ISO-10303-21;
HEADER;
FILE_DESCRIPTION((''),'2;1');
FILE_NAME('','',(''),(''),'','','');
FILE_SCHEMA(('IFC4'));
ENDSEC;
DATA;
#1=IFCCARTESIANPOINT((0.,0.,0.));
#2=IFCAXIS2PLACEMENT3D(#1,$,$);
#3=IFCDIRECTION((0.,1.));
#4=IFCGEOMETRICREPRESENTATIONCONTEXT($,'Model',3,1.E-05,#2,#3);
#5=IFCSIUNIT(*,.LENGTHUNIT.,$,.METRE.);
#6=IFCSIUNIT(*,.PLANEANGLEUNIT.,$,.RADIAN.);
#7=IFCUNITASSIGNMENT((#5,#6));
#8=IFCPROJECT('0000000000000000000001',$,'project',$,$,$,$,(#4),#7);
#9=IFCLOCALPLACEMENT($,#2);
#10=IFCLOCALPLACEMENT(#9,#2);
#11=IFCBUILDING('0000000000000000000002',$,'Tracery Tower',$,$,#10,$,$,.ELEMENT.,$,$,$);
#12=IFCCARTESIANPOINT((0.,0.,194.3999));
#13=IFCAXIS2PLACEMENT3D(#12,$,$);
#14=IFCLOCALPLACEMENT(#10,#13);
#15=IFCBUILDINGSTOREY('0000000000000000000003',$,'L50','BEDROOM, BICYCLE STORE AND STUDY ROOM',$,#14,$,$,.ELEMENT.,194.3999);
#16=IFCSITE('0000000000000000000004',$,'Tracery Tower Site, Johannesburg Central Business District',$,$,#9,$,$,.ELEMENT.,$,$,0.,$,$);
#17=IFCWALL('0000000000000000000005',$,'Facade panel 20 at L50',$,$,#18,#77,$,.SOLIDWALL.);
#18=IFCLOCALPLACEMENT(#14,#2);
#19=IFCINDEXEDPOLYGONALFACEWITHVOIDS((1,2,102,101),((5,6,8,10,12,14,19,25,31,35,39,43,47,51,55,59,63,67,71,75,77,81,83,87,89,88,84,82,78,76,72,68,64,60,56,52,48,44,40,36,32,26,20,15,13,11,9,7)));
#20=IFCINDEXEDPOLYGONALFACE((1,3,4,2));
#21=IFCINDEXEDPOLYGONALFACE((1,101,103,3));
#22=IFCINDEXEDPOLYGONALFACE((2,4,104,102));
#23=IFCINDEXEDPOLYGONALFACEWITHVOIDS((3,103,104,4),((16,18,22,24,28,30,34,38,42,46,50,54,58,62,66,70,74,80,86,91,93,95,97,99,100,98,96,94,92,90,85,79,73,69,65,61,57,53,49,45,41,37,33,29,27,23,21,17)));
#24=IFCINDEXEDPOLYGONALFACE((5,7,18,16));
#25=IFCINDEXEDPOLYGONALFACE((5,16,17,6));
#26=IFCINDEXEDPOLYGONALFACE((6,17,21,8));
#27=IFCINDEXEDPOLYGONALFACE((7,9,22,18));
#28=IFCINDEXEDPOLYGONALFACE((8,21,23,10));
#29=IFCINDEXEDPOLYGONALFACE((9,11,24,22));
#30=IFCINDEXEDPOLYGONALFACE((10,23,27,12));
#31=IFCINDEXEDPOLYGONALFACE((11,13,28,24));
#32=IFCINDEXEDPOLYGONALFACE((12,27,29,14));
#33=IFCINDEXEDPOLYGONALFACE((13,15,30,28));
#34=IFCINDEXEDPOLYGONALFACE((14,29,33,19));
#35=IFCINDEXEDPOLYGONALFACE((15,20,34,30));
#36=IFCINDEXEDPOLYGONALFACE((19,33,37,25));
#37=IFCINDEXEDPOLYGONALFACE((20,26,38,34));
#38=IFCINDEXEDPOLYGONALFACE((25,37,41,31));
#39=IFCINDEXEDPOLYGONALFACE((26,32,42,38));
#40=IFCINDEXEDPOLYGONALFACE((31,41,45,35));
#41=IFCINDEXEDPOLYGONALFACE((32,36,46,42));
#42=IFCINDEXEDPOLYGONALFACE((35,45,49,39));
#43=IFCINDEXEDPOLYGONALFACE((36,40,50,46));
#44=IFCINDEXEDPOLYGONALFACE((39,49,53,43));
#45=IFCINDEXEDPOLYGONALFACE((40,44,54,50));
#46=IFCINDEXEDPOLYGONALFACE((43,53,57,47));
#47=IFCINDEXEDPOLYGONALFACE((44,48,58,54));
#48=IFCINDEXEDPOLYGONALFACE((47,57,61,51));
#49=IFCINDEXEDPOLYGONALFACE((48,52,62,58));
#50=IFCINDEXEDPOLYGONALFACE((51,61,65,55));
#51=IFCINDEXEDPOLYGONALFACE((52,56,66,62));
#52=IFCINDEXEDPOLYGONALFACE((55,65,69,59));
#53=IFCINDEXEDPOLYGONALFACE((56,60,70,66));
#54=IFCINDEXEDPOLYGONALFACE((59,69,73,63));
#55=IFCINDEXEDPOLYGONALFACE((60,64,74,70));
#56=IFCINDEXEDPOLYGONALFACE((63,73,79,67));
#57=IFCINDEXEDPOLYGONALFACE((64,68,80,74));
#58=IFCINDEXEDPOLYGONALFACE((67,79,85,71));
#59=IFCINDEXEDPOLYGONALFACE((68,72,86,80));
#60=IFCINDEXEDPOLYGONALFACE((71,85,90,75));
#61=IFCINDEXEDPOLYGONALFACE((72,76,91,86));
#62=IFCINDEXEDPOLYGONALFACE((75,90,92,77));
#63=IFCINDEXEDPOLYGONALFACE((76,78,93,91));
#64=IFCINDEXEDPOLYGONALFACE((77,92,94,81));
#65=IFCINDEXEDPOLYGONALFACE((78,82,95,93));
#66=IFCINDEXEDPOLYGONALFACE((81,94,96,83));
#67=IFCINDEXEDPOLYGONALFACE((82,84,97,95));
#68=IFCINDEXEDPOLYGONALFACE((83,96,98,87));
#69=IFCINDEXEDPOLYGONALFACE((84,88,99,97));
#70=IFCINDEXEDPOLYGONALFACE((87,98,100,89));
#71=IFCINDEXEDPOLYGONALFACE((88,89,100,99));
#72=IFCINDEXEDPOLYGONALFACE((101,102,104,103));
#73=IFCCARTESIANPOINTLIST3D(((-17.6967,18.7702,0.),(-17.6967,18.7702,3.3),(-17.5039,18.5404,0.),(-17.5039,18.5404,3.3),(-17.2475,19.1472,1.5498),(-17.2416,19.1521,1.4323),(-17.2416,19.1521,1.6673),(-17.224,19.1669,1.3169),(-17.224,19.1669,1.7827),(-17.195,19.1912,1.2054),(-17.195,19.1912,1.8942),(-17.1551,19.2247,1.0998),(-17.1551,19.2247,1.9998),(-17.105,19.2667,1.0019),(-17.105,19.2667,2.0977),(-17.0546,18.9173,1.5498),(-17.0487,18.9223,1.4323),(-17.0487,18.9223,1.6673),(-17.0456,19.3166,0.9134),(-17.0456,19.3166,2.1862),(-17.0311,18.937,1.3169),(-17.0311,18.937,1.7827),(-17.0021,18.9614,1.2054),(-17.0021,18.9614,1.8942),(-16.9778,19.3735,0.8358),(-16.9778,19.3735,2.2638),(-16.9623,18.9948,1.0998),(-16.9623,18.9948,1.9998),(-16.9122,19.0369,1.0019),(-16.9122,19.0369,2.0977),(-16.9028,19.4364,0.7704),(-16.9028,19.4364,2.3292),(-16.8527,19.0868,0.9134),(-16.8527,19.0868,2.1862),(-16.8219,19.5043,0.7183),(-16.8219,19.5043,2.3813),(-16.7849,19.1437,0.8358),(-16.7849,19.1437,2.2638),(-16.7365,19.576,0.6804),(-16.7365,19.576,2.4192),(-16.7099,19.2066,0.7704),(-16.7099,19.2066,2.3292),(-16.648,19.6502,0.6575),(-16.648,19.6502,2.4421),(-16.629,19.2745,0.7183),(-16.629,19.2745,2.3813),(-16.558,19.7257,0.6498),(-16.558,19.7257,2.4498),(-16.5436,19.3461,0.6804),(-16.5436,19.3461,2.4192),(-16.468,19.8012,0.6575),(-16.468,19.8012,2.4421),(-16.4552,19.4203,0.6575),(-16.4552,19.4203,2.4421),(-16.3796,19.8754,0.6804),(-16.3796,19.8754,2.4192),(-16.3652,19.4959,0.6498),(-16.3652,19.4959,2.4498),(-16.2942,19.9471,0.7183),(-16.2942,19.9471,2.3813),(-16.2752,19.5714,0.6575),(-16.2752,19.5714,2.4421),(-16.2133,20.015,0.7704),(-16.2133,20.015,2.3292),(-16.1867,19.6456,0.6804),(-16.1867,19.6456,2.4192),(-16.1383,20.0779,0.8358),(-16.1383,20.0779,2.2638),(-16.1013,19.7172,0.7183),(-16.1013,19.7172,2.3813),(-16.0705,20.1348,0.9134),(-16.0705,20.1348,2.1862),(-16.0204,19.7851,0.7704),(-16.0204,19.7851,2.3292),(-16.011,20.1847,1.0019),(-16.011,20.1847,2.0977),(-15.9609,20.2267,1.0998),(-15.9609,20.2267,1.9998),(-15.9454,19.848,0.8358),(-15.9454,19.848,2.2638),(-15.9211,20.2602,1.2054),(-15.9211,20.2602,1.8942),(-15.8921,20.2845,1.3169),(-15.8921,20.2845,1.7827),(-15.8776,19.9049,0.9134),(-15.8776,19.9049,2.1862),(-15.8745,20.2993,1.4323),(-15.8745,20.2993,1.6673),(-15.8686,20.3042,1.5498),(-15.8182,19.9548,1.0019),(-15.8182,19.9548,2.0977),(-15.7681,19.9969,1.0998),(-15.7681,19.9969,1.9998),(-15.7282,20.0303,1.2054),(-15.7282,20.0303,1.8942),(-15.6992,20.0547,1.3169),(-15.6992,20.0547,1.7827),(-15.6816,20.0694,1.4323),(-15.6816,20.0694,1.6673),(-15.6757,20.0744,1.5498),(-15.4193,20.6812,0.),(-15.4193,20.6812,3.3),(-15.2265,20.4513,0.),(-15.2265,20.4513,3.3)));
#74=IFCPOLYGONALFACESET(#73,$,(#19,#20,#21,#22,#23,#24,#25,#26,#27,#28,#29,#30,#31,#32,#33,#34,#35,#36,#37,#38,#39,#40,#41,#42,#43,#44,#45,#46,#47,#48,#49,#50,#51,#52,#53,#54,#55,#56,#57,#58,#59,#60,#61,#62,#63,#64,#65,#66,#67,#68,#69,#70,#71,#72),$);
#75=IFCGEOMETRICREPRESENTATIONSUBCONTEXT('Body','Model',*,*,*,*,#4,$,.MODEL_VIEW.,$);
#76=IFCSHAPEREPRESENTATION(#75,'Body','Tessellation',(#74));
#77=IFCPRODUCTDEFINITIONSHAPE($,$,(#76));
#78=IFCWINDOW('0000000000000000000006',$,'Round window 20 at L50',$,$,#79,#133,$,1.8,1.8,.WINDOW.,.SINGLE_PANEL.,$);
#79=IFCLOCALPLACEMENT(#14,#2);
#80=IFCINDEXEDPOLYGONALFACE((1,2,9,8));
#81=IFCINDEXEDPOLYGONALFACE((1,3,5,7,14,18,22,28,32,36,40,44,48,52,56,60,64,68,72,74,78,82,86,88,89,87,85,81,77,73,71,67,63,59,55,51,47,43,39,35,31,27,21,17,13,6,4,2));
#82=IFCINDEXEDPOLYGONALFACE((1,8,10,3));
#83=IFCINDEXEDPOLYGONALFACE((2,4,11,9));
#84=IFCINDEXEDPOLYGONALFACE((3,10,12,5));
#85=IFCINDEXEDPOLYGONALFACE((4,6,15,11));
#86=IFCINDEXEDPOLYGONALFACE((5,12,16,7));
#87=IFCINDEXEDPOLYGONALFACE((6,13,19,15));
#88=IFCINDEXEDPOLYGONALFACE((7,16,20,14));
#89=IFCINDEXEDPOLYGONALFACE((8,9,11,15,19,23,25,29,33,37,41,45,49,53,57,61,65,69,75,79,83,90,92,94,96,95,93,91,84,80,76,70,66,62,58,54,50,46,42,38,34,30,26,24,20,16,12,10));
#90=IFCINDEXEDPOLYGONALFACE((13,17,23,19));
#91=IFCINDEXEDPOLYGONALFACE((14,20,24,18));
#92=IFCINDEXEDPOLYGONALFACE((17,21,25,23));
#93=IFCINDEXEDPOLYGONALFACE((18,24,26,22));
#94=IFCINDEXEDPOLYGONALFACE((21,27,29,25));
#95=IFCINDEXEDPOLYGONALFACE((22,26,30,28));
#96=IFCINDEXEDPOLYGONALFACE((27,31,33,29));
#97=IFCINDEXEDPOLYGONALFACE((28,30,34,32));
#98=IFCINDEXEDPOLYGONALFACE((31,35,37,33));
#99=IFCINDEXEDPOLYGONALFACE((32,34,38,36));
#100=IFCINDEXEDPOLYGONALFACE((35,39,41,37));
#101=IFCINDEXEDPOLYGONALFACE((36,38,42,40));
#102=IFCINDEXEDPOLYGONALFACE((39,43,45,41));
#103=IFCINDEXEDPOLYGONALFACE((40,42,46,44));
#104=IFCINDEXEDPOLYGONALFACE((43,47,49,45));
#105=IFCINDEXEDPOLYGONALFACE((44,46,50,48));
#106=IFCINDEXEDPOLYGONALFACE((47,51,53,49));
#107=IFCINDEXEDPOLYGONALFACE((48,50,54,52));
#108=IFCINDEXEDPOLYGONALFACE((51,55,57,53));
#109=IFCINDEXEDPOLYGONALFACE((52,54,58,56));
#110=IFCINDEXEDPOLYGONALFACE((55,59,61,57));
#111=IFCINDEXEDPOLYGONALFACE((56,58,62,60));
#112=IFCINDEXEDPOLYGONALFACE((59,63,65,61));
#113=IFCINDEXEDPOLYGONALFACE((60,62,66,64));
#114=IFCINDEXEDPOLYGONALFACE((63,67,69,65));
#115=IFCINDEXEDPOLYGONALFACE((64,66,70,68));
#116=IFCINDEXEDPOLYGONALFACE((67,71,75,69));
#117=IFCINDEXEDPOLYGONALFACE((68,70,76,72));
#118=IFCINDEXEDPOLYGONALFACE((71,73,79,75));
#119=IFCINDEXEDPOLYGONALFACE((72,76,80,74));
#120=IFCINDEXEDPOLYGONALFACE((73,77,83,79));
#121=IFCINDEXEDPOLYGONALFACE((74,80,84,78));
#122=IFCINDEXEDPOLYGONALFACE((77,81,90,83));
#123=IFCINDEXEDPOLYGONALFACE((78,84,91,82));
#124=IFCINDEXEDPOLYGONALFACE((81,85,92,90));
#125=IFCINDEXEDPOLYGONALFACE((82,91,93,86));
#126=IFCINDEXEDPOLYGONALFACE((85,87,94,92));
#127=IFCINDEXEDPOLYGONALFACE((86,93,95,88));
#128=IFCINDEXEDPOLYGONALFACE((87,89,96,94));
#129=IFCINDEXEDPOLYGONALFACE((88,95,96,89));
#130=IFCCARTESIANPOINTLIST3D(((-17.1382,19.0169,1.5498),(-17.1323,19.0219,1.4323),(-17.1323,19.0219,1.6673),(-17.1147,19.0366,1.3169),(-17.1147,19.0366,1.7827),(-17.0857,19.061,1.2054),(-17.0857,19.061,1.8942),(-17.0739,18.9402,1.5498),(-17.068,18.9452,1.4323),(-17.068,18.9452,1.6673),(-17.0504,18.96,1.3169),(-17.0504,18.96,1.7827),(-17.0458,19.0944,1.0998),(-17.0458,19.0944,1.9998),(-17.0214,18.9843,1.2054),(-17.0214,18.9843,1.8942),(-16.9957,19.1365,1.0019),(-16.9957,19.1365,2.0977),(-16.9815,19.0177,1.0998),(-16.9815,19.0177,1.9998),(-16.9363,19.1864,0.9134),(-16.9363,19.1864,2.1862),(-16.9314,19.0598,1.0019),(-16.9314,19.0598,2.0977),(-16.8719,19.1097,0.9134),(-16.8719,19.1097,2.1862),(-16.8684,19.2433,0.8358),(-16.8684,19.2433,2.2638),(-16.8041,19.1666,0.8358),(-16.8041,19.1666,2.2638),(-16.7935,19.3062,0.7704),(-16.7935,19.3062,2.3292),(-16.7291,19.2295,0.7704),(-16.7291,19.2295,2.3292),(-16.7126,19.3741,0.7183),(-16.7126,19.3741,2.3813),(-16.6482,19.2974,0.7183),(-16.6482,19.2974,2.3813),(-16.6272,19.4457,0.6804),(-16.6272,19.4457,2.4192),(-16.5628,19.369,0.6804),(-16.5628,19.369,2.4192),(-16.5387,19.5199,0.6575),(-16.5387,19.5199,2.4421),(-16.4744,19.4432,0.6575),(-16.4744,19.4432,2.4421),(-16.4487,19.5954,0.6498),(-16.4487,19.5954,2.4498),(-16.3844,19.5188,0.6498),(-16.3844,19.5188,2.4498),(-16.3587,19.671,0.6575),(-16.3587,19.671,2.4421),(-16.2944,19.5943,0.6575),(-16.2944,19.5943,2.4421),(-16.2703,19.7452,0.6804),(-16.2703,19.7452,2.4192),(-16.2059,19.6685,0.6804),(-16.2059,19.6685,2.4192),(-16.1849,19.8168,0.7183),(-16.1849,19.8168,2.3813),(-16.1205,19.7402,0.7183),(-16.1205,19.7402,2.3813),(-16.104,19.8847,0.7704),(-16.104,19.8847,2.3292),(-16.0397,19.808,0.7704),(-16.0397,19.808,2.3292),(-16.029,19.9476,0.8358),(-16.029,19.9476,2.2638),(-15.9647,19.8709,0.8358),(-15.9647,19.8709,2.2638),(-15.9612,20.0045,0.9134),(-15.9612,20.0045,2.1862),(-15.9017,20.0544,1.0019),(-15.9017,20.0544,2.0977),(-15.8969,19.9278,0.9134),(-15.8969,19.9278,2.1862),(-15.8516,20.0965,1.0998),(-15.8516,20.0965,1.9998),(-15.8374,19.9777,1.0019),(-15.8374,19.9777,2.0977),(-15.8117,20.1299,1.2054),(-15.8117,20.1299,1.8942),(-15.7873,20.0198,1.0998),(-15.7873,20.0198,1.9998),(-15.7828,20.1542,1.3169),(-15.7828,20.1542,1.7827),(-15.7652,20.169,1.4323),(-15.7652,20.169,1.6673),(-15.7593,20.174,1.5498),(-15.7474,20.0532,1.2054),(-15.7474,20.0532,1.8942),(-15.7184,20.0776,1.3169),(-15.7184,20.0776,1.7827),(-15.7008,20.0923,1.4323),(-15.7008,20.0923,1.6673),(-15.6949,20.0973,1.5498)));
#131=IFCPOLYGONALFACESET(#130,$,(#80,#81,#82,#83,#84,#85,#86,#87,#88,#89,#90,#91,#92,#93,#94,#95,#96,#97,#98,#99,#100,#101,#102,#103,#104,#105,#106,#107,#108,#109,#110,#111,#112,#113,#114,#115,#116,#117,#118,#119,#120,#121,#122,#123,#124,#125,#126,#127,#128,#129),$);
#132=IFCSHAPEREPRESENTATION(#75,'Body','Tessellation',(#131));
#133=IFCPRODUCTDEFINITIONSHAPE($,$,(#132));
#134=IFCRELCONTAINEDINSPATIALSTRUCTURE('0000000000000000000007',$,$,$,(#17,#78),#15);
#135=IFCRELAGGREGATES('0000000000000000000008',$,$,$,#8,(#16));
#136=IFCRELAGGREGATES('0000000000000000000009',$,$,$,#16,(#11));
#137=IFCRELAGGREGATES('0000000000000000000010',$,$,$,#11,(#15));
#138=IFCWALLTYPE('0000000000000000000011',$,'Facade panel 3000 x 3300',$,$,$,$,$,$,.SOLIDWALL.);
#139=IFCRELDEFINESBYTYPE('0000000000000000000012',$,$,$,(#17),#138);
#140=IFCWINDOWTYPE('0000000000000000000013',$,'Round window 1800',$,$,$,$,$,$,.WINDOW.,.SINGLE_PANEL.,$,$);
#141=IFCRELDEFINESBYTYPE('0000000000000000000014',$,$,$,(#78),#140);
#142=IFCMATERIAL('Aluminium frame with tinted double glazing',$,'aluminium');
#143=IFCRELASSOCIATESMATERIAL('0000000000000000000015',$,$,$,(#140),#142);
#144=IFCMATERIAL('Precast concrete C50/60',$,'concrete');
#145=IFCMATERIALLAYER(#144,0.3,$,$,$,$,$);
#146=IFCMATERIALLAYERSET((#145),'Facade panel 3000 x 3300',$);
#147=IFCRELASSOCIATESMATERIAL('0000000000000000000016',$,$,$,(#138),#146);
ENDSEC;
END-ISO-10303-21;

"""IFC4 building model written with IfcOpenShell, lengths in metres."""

from ifc_helpers import new_model, si_unit, direction, frame, frame_2d, origin, origin_2d, place, context, subcontext, project, spatial, rectangle, circle, extrude, material, layer, layer_set, type_object, element, fill, save


model = new_model("IFC4")

# Units and contexts
model_context = context("Model", 3, precision=1e-05, world=origin(), true_north=direction((0.0, 1.0)))
body_context = subcontext(model_context, "Body", "Model", "MODEL_VIEW")
ifc_project = project(units=[si_unit("LENGTHUNIT", "METRE"), si_unit("PLANEANGLEUNIT", "RADIAN")], contexts=[model_context])

# Site, building, storey
site_placement = place(None, origin())
site = spatial("IfcSite", under=ifc_project, at=site_placement, Name="Tracery Tower Site, Johannesburg Central Business District", CompositionType="ELEMENT", RefElevation=0.0)
building_placement = place(site_placement, origin())
building = spatial("IfcBuilding", under=site, at=building_placement, Name="Tracery Tower", CompositionType="ELEMENT")
storey_placement = place(building_placement, frame((0.0, 0.0, 194.3999)))
storey = spatial("IfcBuildingStorey", under=building, at=storey_placement, Name="L50", Description="BEDROOM, BICYCLE STORE AND STUDY ROOM", CompositionType="ELEMENT", Elevation=194.3999)

# Wall, opening, window
ifc_material_1 = material(Name="Aluminium frame with tinted double glazing", Category="aluminium")
window_type = type_object("IfcWindowType", Name="Round window 1800", PartitioningType="SINGLE_PANEL", PredefinedType="WINDOW", material=ifc_material_1)
ifc_material_2 = material(Name="Precast concrete C50/60", Category="concrete")
ifc_layer_1 = layer(ifc_material_2, 0.3)
ifc_layer_set_1 = layer_set([ifc_layer_1], Name="Facade panel 3000 x 3300")
wall_type_1 = type_object("IfcWallType", Name="Facade panel 3000 x 3300", PredefinedType="SOLIDWALL", material=ifc_layer_set_1)
wall_1_placement = place(storey_placement, frame((-15.323, 20.5662, 0.0), z_axis=(0.0, 0.0, 1.0), x_axis=(-0.766049, -0.642782, 0.0)))
wall_1 = element("IfcWall", 1, at=wall_1_placement, inside=storey, type_object=wall_type_1, Name="Facade panel 20 at L50", PredefinedType="SOLIDWALL", context=body_context, shape_type="SweptSolid", body=[
    extrude(rectangle(XDim=2.9729, YDim=0.3, at=frame_2d((1.4863, 0.0))), origin(), (0.0, 0.0, 1.0), 3.3),
])
opening_1_placement = place(wall_1_placement, frame((1.4863, 0.0, 1.5498)))
opening_1 = element("IfcOpeningElement", 2, at=opening_1_placement, cuts=wall_1, PredefinedType="OPENING", context=body_context, shape_type="SweptSolid", body=[
    extrude(circle(Radius=0.9, at=origin_2d()), frame((0.0, 0.1599, 0.0), z_axis=(0.0, -1.0, 0.0), x_axis=(1.0, 0.0, 0.0)), (0.0, 0.0, 1.0), 0.3201),
])
window_1_placement = place(opening_1_placement, origin())
window_1 = element("IfcWindow", 3, at=window_1_placement, inside=storey, type_object=window_type, Name="Round window 20 at L50", OverallHeight=1.8, OverallWidth=1.8, PartitioningType="SINGLE_PANEL", PredefinedType="WINDOW", context=body_context, shape_type="SweptSolid", body=[
    extrude(circle(Radius=0.9, at=origin_2d()), frame((0.0, 0.1201, 0.0), z_axis=(0.0, -1.0, 0.0), x_axis=(1.0, 0.0, 0.0)), (0.0, 0.0, 1.0), 0.1001),
])
fill(opening_1, window_1)

save(model, "model.ifc")
